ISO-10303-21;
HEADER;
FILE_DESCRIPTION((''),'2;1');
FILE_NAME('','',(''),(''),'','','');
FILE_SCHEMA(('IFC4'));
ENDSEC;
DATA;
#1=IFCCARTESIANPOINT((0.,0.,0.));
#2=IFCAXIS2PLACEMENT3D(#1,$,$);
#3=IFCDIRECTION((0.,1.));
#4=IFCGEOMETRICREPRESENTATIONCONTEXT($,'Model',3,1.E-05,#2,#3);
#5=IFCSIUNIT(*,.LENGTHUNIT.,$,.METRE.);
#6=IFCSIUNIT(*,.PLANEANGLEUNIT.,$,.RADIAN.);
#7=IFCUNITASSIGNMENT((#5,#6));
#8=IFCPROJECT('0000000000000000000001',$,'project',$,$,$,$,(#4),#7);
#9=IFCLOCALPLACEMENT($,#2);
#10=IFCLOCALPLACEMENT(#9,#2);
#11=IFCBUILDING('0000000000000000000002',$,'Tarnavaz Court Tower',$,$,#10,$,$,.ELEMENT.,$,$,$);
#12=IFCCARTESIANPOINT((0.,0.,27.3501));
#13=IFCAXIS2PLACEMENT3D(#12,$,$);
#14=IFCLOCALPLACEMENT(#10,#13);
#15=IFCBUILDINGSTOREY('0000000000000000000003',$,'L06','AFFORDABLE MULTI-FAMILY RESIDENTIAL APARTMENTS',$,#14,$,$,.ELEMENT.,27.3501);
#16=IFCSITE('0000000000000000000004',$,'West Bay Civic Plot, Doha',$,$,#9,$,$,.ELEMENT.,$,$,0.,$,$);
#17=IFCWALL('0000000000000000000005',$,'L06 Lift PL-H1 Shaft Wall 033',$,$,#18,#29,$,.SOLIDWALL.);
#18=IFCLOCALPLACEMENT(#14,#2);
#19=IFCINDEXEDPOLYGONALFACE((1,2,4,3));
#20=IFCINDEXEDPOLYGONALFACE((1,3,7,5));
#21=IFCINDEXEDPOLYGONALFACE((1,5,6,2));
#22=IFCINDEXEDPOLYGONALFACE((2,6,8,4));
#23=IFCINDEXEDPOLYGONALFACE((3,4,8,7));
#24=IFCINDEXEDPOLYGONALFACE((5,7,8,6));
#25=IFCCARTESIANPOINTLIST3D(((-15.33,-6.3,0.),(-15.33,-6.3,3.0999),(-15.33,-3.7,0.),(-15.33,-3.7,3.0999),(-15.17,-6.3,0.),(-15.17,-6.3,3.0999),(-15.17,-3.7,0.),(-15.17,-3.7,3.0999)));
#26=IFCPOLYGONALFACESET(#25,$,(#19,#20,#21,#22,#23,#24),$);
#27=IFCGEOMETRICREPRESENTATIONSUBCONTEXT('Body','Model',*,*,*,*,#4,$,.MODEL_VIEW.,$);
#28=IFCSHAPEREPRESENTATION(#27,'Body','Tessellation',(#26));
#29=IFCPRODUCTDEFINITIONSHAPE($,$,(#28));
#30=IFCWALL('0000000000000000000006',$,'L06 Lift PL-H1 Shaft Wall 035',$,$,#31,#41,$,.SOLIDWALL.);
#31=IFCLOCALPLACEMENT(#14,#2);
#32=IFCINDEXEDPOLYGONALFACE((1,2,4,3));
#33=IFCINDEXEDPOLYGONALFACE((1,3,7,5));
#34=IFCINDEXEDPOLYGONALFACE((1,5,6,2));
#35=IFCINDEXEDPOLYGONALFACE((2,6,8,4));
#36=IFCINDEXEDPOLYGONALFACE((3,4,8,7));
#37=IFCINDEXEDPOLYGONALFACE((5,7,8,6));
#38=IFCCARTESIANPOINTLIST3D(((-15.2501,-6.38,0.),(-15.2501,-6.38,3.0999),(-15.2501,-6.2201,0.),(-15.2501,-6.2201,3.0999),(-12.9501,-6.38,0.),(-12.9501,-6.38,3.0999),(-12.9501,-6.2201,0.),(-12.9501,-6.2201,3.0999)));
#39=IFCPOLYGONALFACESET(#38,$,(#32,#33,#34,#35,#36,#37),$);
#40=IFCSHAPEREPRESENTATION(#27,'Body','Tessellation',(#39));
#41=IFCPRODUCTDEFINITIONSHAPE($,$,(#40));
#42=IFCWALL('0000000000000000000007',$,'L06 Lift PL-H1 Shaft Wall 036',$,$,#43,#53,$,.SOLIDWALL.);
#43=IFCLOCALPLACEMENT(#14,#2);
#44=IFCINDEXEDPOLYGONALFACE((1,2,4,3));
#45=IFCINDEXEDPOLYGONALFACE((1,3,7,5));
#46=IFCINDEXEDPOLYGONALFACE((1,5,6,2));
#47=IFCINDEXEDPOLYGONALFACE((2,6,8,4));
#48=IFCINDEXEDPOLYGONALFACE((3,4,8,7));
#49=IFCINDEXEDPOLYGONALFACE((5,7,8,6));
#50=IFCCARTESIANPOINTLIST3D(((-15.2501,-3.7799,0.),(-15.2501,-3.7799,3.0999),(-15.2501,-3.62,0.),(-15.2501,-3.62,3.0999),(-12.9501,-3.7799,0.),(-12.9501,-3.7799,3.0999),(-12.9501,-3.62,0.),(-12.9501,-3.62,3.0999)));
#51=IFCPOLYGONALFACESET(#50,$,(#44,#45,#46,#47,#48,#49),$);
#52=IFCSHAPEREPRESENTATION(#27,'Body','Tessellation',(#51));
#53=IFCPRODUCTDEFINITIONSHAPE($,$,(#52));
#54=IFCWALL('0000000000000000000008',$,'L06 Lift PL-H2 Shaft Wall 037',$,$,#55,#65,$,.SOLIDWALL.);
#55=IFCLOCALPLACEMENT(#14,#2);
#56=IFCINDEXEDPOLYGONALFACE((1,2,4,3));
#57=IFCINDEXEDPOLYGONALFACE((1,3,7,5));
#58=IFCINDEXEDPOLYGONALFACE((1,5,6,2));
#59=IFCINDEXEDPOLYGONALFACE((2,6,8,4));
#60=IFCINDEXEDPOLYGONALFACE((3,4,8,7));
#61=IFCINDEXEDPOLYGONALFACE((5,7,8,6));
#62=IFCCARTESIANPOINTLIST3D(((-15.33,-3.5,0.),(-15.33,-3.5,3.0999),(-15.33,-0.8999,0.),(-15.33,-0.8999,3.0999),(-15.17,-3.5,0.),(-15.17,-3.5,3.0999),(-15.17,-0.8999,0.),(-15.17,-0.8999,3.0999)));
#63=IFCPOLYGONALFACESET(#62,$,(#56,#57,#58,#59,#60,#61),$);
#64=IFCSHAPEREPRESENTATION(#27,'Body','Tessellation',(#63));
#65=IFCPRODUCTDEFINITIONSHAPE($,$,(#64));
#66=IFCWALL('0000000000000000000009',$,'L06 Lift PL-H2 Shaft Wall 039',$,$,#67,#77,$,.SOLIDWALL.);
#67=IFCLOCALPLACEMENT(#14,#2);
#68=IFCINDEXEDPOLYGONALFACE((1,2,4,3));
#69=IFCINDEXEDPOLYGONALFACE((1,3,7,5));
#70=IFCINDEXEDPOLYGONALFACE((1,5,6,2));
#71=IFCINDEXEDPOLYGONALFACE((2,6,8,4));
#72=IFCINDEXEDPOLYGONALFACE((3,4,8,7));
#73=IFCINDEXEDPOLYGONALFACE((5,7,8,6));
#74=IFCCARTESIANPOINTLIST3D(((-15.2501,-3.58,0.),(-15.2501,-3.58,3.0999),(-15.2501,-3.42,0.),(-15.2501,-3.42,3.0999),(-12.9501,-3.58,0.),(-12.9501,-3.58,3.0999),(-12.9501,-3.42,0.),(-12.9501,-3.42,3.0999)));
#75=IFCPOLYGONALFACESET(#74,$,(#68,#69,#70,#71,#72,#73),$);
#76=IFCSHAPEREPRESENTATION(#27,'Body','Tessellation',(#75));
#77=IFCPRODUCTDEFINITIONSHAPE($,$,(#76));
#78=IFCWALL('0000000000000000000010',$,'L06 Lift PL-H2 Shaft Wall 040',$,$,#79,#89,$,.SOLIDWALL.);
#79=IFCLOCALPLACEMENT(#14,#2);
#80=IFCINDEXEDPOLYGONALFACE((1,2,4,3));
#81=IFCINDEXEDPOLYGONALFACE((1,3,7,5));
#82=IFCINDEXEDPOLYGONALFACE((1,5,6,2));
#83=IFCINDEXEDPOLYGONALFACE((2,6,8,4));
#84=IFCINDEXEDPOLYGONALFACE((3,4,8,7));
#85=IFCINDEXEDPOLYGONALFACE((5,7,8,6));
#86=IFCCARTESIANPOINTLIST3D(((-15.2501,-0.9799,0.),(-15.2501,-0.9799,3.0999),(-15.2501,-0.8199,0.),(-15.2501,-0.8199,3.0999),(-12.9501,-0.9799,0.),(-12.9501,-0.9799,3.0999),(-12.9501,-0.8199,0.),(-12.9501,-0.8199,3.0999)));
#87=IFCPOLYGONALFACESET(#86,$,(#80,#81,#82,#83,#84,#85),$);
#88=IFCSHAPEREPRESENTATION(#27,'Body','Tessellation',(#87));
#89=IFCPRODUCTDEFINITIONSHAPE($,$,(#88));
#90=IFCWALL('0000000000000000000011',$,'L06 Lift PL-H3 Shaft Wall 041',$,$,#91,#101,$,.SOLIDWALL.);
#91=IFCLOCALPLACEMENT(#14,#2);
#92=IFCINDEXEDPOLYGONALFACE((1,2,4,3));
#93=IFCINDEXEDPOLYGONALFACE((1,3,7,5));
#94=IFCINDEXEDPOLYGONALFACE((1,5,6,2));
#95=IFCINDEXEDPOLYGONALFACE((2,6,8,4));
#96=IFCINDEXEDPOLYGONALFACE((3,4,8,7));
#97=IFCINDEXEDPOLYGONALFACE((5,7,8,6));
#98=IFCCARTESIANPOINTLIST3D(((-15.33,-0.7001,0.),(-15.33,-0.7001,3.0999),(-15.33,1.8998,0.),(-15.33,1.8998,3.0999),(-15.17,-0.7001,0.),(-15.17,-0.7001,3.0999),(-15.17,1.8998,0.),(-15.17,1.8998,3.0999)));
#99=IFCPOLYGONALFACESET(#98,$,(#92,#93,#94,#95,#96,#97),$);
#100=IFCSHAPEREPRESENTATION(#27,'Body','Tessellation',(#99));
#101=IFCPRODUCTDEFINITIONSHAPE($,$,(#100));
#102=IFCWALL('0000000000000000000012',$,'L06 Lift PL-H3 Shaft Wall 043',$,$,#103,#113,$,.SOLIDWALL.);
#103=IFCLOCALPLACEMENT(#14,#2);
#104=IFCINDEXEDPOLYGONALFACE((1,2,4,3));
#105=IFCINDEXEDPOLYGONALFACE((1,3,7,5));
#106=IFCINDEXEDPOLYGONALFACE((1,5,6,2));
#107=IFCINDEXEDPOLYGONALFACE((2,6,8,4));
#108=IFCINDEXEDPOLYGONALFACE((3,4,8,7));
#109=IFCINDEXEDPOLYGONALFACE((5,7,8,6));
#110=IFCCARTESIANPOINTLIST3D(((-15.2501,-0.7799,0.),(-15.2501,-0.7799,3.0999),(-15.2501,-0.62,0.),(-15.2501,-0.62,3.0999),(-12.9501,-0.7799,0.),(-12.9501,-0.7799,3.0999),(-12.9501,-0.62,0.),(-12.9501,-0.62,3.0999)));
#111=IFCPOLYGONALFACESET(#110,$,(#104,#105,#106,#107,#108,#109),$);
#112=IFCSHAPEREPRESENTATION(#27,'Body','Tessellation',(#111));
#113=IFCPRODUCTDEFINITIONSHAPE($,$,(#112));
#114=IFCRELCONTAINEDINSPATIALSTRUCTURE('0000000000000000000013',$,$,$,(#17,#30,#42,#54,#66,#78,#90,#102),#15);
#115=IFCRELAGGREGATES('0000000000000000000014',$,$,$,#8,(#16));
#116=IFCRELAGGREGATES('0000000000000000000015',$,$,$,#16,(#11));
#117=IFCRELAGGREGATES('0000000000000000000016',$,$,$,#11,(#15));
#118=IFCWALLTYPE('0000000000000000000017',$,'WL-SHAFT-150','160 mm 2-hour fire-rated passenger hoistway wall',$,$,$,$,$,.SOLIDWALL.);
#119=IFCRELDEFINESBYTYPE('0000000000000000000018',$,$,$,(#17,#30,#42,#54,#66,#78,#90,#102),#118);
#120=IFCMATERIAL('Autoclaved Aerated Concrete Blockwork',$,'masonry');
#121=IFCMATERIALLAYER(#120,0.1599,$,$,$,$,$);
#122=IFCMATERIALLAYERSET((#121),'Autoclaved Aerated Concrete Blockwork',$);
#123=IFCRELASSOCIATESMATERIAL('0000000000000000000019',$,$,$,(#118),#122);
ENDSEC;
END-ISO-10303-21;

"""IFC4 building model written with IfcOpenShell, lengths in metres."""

from ifc_helpers import new_model, si_unit, direction, frame, frame_2d, origin, place, context, subcontext, project, spatial, rectangle, extrude, material, layer, layer_set, type_object, element, save


model = new_model("IFC4")

# Units and contexts
model_context = context("Model", 3, precision=1e-05, world=origin(), true_north=direction((0.0, 1.0)))
body_context = subcontext(model_context, "Body", "Model", "MODEL_VIEW")
ifc_project = project(units=[si_unit("LENGTHUNIT", "METRE"), si_unit("PLANEANGLEUNIT", "RADIAN")], contexts=[model_context])

# Site, building, storey
site_placement = place(None, origin())
site = spatial("IfcSite", under=ifc_project, at=site_placement, Name="West Bay Civic Plot, Doha", CompositionType="ELEMENT", RefElevation=0.0)
building_placement = place(site_placement, origin())
building = spatial("IfcBuilding", under=site, at=building_placement, Name="Tarnavaz Court Tower", CompositionType="ELEMENT")
storey_placement = place(building_placement, frame((0.0, 0.0, 27.3501)))
storey = spatial("IfcBuildingStorey", under=building, at=storey_placement, Name="L06", Description="AFFORDABLE MULTI-FAMILY RESIDENTIAL APARTMENTS", CompositionType="ELEMENT", Elevation=27.3501)

# Walls
ifc_material_1 = material(Name="Autoclaved Aerated Concrete Blockwork", Category="masonry")
ifc_layer_1 = layer(ifc_material_1, 0.1599)
ifc_layer_set_1 = layer_set([ifc_layer_1], Name="Autoclaved Aerated Concrete Blockwork")
wall_type_1 = type_object("IfcWallType", Name="WL-SHAFT-150", Description="160 mm 2-hour fire-rated passenger hoistway wall", PredefinedType="SOLIDWALL", material=ifc_layer_set_1)
wall_1_placement = place(storey_placement, frame((-15.25, -6.3, 0.0), z_axis=(0.0, 0.0, 1.0), x_axis=(0.0, 1.0, 0.0)))
element("IfcWall", 1, at=wall_1_placement, inside=storey, type_object=wall_type_1, Name="L06 Lift PL-H1 Shaft Wall 033", PredefinedType="SOLIDWALL", context=body_context, shape_type="SweptSolid", body=[
    extrude(rectangle(XDim=2.6001, YDim=0.1599, at=frame_2d((1.3, 0.0))), origin(), (0.0, 0.0, 1.0), 3.0999),
])
for number, where, z_axis, x_axis, name in (
    (2, (-15.25, -6.3, 0.0), (0.0, 0.0, 1.0), (1.0, 0.0, 0.0), "L06 Lift PL-H1 Shaft Wall 035"),
    (3, (-15.25, -3.7, 0.0), (0.0, 0.0, 1.0), (1.0, 0.0, 0.0), "L06 Lift PL-H1 Shaft Wall 036"),
):
    element("IfcWall", number, at=place(storey_placement, frame(where, z_axis=z_axis, x_axis=x_axis)), inside=storey, type_object=wall_type_1, Name=name, PredefinedType="SOLIDWALL", context=body_context, shape_type="SweptSolid", body=[
        extrude(rectangle(XDim=2.3, YDim=0.1599, at=frame_2d((1.1499, 0.0))), origin(), (0.0, 0.0, 1.0), 3.0999),
    ])
wall_2_placement = place(storey_placement, frame((-15.25, -3.5, 0.0), z_axis=(0.0, 0.0, 1.0), x_axis=(0.0, 1.0, 0.0)))
element("IfcWall", 4, at=wall_2_placement, inside=storey, type_object=wall_type_1, Name="L06 Lift PL-H2 Shaft Wall 037", PredefinedType="SOLIDWALL", context=body_context, shape_type="SweptSolid", body=[
    extrude(rectangle(XDim=2.6001, YDim=0.1599, at=frame_2d((1.3, 0.0))), origin(), (0.0, 0.0, 1.0), 3.0999),
])
for number, where, z_axis, x_axis, name in (
    (5, (-15.25, -3.5, 0.0), (0.0, 0.0, 1.0), (1.0, 0.0, 0.0), "L06 Lift PL-H2 Shaft Wall 039"),
    (6, (-15.25, -0.8999, 0.0), (0.0, 0.0, 1.0), (1.0, 0.0, 0.0), "L06 Lift PL-H2 Shaft Wall 040"),
):
    element("IfcWall", number, at=place(storey_placement, frame(where, z_axis=z_axis, x_axis=x_axis)), inside=storey, type_object=wall_type_1, Name=name, PredefinedType="SOLIDWALL", context=body_context, shape_type="SweptSolid", body=[
        extrude(rectangle(XDim=2.3, YDim=0.1599, at=frame_2d((1.1499, 0.0))), origin(), (0.0, 0.0, 1.0), 3.0999),
    ])
wall_3_placement = place(storey_placement, frame((-15.25, -0.7, 0.0), z_axis=(0.0, 0.0, 1.0), x_axis=(0.0, 1.0, 0.0)))
element("IfcWall", 7, at=wall_3_placement, inside=storey, type_object=wall_type_1, Name="L06 Lift PL-H3 Shaft Wall 041", PredefinedType="SOLIDWALL", context=body_context, shape_type="SweptSolid", body=[
    extrude(rectangle(XDim=2.5999, YDim=0.1599, at=frame_2d((1.2998, 0.0))), origin(), (0.0, 0.0, 1.0), 3.0999),
])
wall_4_placement = place(storey_placement, frame((-15.25, -0.7, 0.0), z_axis=(0.0, 0.0, 1.0), x_axis=(1.0, 0.0, 0.0)))
element("IfcWall", 8, at=wall_4_placement, inside=storey, type_object=wall_type_1, Name="L06 Lift PL-H3 Shaft Wall 043", PredefinedType="SOLIDWALL", context=body_context, shape_type="SweptSolid", body=[
    extrude(rectangle(XDim=2.3, YDim=0.1599, at=frame_2d((1.1499, 0.0))), origin(), (0.0, 0.0, 1.0), 3.0999),
])

save(model, "model.ifc")
